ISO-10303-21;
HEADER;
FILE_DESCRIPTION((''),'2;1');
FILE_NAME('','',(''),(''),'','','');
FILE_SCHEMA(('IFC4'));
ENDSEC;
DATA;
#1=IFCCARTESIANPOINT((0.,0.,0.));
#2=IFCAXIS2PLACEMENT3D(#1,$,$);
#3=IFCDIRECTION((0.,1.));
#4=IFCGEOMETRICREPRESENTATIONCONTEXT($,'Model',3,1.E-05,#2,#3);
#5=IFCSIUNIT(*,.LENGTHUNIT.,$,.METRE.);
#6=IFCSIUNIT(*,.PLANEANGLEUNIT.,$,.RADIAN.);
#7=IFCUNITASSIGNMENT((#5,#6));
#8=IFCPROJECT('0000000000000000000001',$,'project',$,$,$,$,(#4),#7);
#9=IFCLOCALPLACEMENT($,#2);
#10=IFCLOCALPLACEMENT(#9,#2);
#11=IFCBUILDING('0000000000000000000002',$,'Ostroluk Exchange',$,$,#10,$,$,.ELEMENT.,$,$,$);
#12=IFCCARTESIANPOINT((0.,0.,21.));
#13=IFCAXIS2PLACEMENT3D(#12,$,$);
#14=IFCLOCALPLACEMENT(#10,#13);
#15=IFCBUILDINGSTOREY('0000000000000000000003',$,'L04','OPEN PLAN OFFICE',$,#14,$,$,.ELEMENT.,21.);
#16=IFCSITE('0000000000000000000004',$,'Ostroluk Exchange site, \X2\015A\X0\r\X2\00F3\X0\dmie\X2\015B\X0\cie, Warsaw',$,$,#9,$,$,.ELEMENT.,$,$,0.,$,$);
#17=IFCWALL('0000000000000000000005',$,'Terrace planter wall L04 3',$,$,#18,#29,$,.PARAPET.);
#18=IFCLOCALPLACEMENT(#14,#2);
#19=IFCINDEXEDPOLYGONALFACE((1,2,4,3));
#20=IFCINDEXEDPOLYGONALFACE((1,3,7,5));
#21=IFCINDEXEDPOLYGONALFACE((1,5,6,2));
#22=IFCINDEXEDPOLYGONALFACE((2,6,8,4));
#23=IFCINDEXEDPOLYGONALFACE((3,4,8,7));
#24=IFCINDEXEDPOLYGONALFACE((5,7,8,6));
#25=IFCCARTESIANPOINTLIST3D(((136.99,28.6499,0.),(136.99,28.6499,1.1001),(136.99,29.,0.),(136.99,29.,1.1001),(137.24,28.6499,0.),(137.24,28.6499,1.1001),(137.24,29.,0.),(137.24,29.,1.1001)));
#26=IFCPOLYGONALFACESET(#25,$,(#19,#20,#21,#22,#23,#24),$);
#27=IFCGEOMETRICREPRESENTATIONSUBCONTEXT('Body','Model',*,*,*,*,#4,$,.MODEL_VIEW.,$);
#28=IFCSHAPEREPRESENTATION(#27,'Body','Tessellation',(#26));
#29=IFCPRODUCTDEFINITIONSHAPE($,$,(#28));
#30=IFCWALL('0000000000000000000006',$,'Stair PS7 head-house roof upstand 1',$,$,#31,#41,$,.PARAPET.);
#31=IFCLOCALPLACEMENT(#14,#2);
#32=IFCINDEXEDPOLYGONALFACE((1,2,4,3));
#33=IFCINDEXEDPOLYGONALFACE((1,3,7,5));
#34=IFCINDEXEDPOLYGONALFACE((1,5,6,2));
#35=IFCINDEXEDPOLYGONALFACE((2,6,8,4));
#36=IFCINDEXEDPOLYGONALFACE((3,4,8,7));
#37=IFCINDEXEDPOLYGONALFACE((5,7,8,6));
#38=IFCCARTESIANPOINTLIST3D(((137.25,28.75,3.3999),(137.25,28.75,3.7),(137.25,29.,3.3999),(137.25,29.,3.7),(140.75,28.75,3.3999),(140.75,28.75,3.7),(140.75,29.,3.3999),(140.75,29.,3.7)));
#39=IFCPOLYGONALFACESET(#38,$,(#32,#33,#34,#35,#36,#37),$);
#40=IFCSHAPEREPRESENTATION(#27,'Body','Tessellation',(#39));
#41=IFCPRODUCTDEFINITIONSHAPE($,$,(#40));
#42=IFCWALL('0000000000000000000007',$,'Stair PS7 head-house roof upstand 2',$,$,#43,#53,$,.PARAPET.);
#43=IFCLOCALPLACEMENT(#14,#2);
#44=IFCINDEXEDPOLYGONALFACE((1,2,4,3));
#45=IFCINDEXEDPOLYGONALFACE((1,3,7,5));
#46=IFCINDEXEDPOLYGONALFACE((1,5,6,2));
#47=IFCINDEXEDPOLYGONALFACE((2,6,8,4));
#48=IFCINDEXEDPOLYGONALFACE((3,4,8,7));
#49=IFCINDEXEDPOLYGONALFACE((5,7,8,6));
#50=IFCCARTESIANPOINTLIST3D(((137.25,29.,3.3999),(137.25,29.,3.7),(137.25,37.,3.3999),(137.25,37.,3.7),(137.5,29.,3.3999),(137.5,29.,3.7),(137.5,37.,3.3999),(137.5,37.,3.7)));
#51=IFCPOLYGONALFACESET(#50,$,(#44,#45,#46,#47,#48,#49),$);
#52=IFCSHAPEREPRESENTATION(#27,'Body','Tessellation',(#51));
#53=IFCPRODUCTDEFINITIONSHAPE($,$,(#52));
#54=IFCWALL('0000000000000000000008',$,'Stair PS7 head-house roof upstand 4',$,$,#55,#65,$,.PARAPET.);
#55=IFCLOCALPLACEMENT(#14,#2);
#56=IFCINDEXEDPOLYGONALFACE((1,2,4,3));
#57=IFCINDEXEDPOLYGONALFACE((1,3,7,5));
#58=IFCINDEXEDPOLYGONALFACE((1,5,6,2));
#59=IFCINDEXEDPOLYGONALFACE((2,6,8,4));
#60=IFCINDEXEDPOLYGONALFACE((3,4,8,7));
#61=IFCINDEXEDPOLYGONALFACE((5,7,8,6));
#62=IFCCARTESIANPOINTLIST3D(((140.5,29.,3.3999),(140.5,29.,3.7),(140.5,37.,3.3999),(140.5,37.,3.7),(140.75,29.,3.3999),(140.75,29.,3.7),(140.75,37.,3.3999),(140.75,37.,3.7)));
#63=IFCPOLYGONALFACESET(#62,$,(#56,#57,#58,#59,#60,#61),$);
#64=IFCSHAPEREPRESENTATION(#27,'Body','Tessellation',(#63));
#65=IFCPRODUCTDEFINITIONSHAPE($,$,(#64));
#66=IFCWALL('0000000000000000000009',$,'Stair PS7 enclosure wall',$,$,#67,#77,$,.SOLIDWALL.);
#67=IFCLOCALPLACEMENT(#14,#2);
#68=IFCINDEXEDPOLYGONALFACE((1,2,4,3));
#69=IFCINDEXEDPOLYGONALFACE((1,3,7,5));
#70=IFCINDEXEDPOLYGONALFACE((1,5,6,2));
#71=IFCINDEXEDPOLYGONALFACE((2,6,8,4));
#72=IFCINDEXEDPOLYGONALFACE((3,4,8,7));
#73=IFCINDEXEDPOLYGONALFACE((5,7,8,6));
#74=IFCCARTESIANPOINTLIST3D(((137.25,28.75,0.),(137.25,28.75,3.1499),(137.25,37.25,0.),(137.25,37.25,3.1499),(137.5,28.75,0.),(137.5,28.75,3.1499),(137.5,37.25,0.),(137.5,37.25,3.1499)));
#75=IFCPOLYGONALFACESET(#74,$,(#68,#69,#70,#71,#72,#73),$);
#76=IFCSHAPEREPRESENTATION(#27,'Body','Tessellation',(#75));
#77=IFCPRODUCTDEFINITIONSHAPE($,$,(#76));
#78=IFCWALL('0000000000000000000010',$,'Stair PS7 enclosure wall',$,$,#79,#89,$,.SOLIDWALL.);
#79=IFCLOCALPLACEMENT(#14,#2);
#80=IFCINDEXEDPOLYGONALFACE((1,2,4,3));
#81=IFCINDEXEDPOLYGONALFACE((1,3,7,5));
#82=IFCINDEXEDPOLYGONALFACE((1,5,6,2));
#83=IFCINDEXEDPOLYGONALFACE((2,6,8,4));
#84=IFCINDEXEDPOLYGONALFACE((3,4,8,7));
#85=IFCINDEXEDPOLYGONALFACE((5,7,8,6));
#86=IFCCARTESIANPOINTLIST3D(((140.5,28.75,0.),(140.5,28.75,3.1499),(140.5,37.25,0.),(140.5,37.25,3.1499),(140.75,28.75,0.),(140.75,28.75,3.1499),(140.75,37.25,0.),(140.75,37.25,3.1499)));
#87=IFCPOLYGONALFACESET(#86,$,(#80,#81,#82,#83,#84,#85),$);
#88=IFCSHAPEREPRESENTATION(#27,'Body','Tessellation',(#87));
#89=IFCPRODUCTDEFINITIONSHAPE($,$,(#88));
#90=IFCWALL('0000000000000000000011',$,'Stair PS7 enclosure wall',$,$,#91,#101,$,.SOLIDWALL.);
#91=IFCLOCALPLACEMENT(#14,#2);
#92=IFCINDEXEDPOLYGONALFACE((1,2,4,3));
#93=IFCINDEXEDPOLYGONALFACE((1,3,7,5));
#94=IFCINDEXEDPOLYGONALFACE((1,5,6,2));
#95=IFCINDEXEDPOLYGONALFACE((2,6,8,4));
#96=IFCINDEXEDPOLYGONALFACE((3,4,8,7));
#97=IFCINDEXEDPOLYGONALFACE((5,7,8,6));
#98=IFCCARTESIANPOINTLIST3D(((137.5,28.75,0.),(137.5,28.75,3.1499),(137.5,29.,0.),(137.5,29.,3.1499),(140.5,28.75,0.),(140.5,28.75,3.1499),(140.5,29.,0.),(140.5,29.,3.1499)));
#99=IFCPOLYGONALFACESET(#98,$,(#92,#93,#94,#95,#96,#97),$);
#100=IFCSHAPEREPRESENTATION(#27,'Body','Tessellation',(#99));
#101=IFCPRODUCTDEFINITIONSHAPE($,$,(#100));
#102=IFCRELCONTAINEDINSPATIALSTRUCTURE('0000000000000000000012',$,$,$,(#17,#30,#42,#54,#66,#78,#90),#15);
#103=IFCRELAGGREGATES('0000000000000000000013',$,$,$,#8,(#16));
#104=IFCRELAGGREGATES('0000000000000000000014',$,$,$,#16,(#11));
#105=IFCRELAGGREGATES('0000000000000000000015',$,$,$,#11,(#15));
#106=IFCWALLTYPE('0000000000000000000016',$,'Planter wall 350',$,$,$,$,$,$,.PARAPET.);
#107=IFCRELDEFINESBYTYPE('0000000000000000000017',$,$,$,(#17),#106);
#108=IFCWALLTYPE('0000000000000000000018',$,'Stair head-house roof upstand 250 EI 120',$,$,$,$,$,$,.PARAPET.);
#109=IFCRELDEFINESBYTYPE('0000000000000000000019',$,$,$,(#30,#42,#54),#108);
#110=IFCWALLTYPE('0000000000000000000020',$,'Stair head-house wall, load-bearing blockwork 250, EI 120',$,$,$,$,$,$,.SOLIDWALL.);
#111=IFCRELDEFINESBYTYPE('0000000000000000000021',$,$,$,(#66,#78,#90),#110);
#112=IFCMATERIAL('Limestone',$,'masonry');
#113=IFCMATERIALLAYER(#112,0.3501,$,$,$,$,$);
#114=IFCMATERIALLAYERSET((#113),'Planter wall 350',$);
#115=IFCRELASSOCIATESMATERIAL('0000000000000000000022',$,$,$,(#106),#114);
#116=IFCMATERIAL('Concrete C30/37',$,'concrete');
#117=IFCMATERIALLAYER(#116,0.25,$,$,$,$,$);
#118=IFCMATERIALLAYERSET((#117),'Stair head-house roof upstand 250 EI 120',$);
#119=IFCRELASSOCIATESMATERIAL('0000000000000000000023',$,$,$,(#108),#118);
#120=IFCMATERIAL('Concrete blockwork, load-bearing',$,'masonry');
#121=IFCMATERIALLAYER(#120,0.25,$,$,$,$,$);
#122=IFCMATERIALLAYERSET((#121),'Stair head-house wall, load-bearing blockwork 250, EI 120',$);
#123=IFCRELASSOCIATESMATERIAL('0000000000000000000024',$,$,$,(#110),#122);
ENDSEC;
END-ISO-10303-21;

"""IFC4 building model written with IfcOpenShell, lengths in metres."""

from ifc_helpers import new_model, si_unit, direction, frame, frame_2d, origin, place, context, subcontext, project, spatial, rectangle, extrude, material, layer, layer_set, type_object, element, save


model = new_model("IFC4")

# Units and contexts
model_context = context("Model", 3, precision=1e-05, world=origin(), true_north=direction((0.0, 1.0)))
body_context = subcontext(model_context, "Body", "Model", "MODEL_VIEW")
ifc_project = project(units=[si_unit("LENGTHUNIT", "METRE"), si_unit("PLANEANGLEUNIT", "RADIAN")], contexts=[model_context])

# Site, building, storey
site_placement = place(None, origin())
site = spatial("IfcSite", under=ifc_project, at=site_placement, Name="Ostroluk Exchange site, Śródmieście, Warsaw", CompositionType="ELEMENT", RefElevation=0.0)
building_placement = place(site_placement, origin())
building = spatial("IfcBuilding", under=site, at=building_placement, Name="Ostroluk Exchange", CompositionType="ELEMENT")
storey_placement = place(building_placement, frame((0.0, 0.0, 21.0)))
storey = spatial("IfcBuildingStorey", under=building, at=storey_placement, Name="L04", Description="OPEN PLAN OFFICE", CompositionType="ELEMENT", Elevation=21.0)

# Walls
ifc_material_1 = material(Name="Limestone", Category="masonry")
ifc_layer_1 = layer(ifc_material_1, 0.3501)
ifc_layer_set_1 = layer_set([ifc_layer_1], Name="Planter wall 350")
wall_type_1 = type_object("IfcWallType", Name="Planter wall 350", PredefinedType="PARAPET", material=ifc_layer_set_1)
wall_1_placement = place(storey_placement, frame((137.115, 28.6499, 0.0), z_axis=(0.0, 0.0, 1.0), x_axis=(0.0, 1.0, 0.0)))
element("IfcWall", 1, at=wall_1_placement, inside=storey, type_object=wall_type_1, Name="Terrace planter wall L04 3", PredefinedType="PARAPET", context=body_context, shape_type="SweptSolid", body=[
    extrude(rectangle(XDim=0.3501, YDim=0.25, at=frame_2d((0.175, 0.0))), origin(), (0.0, 0.0, 1.0), 1.1001),
])
ifc_material_2 = material(Name="Concrete C30/37", Category="concrete")
ifc_layer_2 = layer(ifc_material_2, 0.25)
ifc_layer_set_2 = layer_set([ifc_layer_2], Name="Stair head-house roof upstand 250 EI 120")
wall_type_2 = type_object("IfcWallType", Name="Stair head-house roof upstand 250 EI 120", PredefinedType="PARAPET", material=ifc_layer_set_2)
wall_2_placement = place(storey_placement, frame((137.25, 28.875, 3.3999), z_axis=(0.0, 0.0, 1.0), x_axis=(1.0, 0.0, 0.0)))
element("IfcWall", 2, at=wall_2_placement, inside=storey, type_object=wall_type_2, Name="Stair PS7 head-house roof upstand 1", PredefinedType="PARAPET", context=body_context, shape_type="SweptSolid", body=[
    extrude(rectangle(XDim=3.5, YDim=0.25, at=frame_2d((1.75, 0.0))), origin(), (0.0, 0.0, 1.0), 0.3),
])
for number, where, z_axis, x_axis, name in (
    (3, (137.375, 29.0, 3.3999), (0.0, 0.0, 1.0), (0.0, 1.0, 0.0), "Stair PS7 head-house roof upstand 2"),
    (4, (140.625, 29.0, 3.3999), (0.0, 0.0, 1.0), (0.0, 1.0, 0.0), "Stair PS7 head-house roof upstand 4"),
):
    element("IfcWall", number, at=place(storey_placement, frame(where, z_axis=z_axis, x_axis=x_axis)), inside=storey, type_object=wall_type_2, Name=name, PredefinedType="PARAPET", context=body_context, shape_type="SweptSolid", body=[
        extrude(rectangle(XDim=8.0, YDim=0.25, at=frame_2d((4.0, 0.0))), origin(), (0.0, 0.0, 1.0), 0.3),
    ])
ifc_material_3 = material(Name="Concrete blockwork, load-bearing", Category="masonry")
ifc_layer_3 = layer(ifc_material_3, 0.25)
ifc_layer_set_3 = layer_set([ifc_layer_3], Name="Stair head-house wall, load-bearing blockwork 250, EI 120")
wall_type_3 = type_object("IfcWallType", Name="Stair head-house wall, load-bearing blockwork 250, EI 120", PredefinedType="SOLIDWALL", material=ifc_layer_set_3)
for number, where, z_axis, x_axis, name in (
    (5, (137.375, 28.75, 0.0), (0.0, 0.0, 1.0), (0.0, 1.0, 0.0), "Stair PS7 enclosure wall"),
    (6, (140.625, 28.75, 0.0), (0.0, 0.0, 1.0), (0.0, 1.0, 0.0), "Stair PS7 enclosure wall"),
):
    element("IfcWall", number, at=place(storey_placement, frame(where, z_axis=z_axis, x_axis=x_axis)), inside=storey, type_object=wall_type_3, Name=name, PredefinedType="SOLIDWALL", context=body_context, shape_type="SweptSolid", body=[
        extrude(rectangle(XDim=8.5, YDim=0.25, at=frame_2d((4.25, 0.0))), origin(), (0.0, 0.0, 1.0), 3.1499),
    ])
wall_3_placement = place(storey_placement, frame((137.5, 28.875, 0.0), z_axis=(0.0, 0.0, 1.0), x_axis=(1.0, 0.0, 0.0)))
element("IfcWall", 7, at=wall_3_placement, inside=storey, type_object=wall_type_3, Name="Stair PS7 enclosure wall", PredefinedType="SOLIDWALL", context=body_context, shape_type="SweptSolid", body=[
    extrude(rectangle(XDim=3.0, YDim=0.25, at=frame_2d((1.5, 0.0))), origin(), (0.0, 0.0, 1.0), 3.1499),
])

save(model, "model.ifc")
